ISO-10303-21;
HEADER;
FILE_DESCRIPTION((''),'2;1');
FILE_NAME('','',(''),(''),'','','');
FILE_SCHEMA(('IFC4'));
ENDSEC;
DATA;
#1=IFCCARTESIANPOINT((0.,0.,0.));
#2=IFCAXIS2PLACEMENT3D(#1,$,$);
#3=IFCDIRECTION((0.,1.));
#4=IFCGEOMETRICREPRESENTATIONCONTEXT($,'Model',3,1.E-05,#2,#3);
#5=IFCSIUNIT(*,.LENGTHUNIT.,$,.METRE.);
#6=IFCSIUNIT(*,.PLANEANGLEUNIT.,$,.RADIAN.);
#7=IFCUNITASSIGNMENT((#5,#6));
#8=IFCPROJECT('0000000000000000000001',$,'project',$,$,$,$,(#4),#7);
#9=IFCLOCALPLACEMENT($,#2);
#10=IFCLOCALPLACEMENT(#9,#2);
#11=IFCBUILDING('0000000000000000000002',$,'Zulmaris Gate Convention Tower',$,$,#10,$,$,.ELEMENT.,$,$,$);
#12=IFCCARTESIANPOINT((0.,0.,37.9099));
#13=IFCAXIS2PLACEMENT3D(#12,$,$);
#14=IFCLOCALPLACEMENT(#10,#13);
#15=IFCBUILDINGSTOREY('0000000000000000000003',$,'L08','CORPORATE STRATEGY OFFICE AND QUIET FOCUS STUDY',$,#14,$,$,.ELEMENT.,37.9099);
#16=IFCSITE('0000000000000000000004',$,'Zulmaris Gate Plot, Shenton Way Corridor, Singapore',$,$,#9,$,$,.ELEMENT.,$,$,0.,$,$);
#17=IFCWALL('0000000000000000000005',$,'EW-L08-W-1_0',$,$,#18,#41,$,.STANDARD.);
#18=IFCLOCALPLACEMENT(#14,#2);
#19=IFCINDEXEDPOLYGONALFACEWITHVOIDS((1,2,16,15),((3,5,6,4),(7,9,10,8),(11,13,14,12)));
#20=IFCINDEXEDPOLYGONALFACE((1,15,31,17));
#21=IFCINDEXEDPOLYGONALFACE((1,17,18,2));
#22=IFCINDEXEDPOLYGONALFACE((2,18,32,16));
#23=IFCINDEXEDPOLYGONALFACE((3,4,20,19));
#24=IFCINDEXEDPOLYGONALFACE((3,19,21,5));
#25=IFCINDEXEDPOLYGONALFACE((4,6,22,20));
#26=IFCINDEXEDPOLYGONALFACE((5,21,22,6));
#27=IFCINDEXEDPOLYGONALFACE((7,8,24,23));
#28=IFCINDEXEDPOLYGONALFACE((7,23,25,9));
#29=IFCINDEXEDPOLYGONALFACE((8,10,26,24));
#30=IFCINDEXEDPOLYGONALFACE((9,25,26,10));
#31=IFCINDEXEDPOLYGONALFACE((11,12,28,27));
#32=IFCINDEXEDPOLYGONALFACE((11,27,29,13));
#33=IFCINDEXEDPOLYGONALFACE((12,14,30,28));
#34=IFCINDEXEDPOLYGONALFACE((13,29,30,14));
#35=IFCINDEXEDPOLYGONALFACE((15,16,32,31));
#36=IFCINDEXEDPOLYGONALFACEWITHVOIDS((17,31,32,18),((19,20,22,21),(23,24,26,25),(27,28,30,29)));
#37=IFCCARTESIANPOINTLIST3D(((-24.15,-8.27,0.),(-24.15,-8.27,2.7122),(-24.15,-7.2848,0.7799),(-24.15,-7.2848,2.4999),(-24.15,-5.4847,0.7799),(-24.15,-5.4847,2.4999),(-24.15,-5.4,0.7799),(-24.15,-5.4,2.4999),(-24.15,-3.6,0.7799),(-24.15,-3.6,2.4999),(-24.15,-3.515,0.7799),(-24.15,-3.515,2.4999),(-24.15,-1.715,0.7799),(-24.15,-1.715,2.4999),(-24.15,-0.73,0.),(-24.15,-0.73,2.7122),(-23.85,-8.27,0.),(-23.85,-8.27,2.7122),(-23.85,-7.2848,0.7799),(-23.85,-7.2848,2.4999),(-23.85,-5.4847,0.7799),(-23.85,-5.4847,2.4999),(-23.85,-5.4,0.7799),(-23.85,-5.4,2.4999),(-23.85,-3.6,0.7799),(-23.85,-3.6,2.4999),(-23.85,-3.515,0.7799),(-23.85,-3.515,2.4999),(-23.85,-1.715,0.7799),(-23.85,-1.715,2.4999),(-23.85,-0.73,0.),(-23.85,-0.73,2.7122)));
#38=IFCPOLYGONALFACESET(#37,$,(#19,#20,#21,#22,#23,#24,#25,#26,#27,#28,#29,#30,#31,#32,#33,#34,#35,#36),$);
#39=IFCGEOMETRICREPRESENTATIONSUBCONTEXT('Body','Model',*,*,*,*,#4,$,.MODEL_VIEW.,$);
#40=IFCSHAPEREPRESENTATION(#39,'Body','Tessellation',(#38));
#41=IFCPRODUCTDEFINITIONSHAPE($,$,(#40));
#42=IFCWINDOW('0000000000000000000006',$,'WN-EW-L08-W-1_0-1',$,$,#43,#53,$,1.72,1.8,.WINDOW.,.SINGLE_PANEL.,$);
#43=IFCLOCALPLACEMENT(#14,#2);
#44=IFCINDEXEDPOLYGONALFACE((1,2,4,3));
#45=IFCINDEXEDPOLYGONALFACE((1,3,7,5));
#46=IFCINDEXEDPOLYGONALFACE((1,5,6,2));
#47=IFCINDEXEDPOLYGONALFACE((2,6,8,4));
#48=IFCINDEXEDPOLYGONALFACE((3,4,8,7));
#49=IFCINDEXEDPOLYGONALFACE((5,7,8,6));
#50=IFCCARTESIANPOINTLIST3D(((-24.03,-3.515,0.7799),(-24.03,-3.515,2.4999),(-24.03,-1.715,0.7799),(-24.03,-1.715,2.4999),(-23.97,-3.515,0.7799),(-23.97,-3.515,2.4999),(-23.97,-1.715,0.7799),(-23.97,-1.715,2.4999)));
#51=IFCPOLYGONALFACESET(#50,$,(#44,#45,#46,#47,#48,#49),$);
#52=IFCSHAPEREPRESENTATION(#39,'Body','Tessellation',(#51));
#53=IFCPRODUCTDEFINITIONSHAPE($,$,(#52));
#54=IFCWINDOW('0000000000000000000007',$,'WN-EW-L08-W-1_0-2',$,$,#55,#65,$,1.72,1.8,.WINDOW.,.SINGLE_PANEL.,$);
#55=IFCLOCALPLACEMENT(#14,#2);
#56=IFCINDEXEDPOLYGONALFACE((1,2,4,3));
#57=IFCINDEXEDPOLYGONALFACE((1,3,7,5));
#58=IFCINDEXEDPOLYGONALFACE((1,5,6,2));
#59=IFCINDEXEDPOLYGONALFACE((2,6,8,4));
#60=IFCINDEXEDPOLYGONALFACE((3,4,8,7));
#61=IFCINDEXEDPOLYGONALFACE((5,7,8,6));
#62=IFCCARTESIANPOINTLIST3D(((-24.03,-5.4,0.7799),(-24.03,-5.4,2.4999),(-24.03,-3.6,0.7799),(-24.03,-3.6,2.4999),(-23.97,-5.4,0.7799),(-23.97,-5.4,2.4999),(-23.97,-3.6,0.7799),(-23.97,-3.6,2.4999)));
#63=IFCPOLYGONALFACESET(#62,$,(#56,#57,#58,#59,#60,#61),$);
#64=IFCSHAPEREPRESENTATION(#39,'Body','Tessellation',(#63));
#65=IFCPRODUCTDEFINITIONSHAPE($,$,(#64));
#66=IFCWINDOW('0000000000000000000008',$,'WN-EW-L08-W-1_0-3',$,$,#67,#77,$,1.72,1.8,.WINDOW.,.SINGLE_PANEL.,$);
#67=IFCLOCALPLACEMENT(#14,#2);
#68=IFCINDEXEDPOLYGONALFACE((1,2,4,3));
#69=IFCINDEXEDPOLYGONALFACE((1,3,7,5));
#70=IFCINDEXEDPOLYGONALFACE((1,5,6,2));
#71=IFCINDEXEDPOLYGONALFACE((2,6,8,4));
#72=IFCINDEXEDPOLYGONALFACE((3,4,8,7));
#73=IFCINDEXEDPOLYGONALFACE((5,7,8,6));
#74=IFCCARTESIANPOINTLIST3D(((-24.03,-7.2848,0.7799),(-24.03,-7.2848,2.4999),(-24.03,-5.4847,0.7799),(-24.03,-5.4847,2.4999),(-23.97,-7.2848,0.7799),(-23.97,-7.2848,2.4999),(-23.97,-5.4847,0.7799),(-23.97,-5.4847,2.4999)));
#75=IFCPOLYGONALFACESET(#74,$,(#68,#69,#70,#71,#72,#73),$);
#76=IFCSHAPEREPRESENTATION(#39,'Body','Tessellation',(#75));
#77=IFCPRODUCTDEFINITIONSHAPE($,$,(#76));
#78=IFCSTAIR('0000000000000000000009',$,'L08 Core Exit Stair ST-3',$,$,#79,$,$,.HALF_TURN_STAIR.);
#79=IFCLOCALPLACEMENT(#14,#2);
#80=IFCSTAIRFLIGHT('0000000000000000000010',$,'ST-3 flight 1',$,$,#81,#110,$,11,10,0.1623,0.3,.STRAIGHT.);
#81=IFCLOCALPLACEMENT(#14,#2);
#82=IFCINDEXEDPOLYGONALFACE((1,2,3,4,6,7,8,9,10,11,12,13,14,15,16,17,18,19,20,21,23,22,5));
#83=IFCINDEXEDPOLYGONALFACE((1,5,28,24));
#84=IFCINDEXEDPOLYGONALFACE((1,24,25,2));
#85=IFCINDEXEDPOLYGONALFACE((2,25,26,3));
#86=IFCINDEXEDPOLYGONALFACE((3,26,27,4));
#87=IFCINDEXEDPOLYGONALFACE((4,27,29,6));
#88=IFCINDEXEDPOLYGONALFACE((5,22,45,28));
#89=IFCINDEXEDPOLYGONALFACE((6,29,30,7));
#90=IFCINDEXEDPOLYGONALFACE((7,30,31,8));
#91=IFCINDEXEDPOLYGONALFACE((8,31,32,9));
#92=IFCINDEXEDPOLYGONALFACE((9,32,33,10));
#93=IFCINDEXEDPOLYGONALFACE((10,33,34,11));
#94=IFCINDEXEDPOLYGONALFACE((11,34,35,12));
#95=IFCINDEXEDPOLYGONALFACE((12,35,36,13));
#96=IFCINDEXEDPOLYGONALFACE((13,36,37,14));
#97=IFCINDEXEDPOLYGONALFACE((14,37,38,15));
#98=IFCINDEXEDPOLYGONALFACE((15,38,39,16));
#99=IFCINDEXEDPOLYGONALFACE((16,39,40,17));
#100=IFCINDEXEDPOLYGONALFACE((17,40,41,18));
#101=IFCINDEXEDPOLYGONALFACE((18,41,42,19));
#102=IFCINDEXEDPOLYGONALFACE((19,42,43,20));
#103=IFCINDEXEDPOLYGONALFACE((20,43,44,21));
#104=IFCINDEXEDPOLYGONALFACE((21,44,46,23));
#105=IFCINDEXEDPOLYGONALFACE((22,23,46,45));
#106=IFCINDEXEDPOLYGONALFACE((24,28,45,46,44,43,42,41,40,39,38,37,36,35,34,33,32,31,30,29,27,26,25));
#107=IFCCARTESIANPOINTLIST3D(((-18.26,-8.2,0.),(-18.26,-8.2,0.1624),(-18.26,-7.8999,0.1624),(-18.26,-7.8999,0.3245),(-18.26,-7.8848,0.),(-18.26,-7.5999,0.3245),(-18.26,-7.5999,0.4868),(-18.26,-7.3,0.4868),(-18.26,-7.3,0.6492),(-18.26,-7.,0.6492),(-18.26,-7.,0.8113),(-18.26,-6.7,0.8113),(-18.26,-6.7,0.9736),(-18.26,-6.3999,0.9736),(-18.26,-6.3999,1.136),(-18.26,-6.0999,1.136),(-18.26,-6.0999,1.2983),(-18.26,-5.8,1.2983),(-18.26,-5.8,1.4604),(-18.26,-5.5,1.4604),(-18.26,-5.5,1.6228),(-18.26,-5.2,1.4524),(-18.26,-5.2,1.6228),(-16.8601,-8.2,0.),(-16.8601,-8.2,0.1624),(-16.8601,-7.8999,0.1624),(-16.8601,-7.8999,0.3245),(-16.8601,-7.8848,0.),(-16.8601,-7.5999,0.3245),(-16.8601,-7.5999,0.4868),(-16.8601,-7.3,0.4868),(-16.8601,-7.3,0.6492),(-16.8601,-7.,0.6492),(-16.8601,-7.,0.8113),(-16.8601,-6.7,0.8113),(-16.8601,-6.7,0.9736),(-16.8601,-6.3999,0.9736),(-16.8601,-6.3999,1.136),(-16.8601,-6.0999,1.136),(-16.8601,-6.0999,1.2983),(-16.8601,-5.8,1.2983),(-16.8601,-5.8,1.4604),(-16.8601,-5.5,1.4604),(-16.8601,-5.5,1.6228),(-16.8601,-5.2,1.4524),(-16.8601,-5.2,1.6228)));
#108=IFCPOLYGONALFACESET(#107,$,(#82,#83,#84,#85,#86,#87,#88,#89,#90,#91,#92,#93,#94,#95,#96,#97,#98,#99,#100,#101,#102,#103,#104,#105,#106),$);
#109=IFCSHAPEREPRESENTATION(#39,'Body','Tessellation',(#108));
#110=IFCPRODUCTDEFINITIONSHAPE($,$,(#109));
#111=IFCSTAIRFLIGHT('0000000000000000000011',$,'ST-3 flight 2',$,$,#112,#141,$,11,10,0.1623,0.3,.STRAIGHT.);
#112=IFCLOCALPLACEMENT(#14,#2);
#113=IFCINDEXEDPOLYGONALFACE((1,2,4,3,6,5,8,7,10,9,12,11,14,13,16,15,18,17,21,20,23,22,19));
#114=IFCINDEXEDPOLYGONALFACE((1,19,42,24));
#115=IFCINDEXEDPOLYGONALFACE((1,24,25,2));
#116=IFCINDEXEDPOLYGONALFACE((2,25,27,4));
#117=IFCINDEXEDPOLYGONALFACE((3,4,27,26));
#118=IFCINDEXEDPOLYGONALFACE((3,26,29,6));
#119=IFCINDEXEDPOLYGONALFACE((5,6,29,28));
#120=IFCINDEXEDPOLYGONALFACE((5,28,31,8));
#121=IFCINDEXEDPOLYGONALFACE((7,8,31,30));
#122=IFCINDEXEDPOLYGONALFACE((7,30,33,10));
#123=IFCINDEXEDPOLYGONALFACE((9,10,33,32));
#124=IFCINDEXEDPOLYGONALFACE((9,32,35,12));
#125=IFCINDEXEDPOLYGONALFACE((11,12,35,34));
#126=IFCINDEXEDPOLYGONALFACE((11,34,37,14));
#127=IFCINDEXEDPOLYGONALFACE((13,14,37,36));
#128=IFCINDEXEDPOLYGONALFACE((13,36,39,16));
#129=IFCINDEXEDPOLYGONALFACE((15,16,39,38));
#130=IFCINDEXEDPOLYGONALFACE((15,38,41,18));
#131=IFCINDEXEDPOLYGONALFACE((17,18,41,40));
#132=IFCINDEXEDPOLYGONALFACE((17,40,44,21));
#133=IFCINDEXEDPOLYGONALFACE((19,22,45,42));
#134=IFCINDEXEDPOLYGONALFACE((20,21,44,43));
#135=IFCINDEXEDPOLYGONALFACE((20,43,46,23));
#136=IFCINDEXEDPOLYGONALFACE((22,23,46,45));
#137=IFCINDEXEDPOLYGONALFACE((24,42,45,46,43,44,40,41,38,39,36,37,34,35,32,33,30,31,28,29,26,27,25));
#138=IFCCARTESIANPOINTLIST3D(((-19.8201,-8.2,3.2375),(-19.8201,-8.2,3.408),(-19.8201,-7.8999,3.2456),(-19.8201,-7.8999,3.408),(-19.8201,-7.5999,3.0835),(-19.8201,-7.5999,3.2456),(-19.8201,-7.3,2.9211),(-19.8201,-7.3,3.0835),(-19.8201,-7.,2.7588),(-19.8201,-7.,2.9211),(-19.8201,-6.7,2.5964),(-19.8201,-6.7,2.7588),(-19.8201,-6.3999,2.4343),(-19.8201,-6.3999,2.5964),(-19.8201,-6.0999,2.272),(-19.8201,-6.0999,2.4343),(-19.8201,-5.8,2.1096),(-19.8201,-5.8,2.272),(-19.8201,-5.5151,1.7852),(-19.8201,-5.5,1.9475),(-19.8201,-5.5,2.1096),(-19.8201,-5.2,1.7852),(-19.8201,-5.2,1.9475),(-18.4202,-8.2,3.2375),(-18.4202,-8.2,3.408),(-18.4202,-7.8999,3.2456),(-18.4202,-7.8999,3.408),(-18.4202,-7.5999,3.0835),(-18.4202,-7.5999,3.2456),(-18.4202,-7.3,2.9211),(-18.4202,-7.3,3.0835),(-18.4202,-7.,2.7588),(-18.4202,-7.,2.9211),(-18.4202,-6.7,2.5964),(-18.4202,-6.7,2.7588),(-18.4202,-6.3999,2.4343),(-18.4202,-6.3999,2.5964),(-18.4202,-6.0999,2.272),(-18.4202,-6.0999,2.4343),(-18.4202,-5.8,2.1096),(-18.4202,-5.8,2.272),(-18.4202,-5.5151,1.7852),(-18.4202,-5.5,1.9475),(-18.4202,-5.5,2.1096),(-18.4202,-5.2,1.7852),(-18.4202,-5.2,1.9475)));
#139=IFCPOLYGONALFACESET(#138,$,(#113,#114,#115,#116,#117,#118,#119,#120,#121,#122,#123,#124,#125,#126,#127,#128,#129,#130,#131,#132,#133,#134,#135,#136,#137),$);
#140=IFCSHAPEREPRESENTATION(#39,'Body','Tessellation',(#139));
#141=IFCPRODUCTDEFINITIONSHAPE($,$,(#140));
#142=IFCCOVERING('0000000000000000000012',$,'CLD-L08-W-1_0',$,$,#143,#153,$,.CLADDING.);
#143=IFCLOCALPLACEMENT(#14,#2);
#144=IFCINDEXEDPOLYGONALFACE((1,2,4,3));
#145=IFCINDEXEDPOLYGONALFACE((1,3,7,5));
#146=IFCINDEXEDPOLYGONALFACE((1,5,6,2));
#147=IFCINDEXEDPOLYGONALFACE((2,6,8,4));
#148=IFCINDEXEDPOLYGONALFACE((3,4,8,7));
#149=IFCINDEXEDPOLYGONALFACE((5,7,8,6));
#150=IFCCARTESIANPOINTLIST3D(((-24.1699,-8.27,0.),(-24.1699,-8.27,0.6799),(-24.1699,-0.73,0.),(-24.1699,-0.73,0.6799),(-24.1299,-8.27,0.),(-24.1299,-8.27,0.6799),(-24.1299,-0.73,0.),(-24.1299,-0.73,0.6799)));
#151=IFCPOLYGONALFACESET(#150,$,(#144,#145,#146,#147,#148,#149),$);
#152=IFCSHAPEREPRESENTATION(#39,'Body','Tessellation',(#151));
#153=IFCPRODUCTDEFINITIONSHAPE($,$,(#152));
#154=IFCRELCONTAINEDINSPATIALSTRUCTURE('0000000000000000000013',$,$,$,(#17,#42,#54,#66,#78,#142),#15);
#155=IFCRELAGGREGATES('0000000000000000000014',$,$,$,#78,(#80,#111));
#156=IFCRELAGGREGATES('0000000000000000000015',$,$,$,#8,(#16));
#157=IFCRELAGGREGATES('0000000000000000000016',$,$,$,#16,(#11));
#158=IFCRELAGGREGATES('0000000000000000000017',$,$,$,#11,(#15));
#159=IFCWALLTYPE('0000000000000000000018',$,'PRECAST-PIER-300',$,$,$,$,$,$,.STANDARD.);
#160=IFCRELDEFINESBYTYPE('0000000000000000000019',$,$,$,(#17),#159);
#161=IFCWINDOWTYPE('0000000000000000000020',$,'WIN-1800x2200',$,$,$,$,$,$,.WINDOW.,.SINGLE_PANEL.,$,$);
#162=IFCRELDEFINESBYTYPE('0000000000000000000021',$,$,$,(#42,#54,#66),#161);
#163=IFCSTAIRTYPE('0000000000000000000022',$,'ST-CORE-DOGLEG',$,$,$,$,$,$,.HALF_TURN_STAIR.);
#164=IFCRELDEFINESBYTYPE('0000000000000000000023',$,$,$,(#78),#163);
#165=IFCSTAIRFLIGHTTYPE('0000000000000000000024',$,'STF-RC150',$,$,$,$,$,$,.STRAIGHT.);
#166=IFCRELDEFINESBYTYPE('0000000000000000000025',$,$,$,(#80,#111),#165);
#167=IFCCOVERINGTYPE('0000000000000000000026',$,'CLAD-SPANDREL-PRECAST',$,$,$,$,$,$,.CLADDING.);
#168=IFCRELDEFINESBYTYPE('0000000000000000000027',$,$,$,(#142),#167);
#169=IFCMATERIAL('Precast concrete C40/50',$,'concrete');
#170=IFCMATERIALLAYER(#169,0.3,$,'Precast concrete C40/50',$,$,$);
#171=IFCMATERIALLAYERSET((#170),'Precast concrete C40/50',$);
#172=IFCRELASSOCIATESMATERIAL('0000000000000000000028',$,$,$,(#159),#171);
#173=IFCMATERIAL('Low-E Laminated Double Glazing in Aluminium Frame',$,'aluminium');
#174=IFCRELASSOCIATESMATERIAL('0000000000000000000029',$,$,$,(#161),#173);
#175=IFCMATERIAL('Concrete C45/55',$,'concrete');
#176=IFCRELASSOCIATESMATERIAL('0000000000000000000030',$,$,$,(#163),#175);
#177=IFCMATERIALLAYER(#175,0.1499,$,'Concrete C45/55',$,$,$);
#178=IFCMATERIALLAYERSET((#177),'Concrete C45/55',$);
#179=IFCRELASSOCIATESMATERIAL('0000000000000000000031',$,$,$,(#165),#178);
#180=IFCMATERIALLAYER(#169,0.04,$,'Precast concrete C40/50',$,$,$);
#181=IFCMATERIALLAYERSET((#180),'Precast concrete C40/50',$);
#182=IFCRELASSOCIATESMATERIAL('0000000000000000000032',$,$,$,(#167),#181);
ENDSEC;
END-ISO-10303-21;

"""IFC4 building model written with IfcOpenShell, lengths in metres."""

from ifc_helpers import new_model, si_unit, direction, frame, frame_2d, origin, place, context, subcontext, project, spatial, polyline, rectangle, outline, extrude, material, layer, layer_set, type_object, element, fill, aggregate, save


model = new_model("IFC4")

# Units and contexts
model_context = context("Model", 3, precision=1e-05, world=origin(), true_north=direction((0.0, 1.0)))
body_context = subcontext(model_context, "Body", "Model", "MODEL_VIEW")
ifc_project = project(units=[si_unit("LENGTHUNIT", "METRE"), si_unit("PLANEANGLEUNIT", "RADIAN")], contexts=[model_context])

# Site, building, storey
site_placement = place(None, origin())
site = spatial("IfcSite", under=ifc_project, at=site_placement, Name="Zulmaris Gate Plot, Shenton Way Corridor, Singapore", CompositionType="ELEMENT", RefElevation=0.0)
building_placement = place(site_placement, origin())
building = spatial("IfcBuilding", under=site, at=building_placement, Name="Zulmaris Gate Convention Tower", CompositionType="ELEMENT")
storey_placement = place(building_placement, frame((0.0, 0.0, 37.9099)))
storey = spatial("IfcBuildingStorey", under=building, at=storey_placement, Name="L08", Description="CORPORATE STRATEGY OFFICE AND QUIET FOCUS STUDY", CompositionType="ELEMENT", Elevation=37.9099)

# Wall, openings, windows
ifc_material_1 = material(Name="Precast concrete C40/50", Category="concrete")
ifc_layer_1 = layer(ifc_material_1, 0.3, Name="Precast concrete C40/50")
ifc_layer_set_1 = layer_set([ifc_layer_1], Name="Precast concrete C40/50")
wall_type_1 = type_object("IfcWallType", Name="PRECAST-PIER-300", PredefinedType="STANDARD", material=ifc_layer_set_1)
wall_1_placement = place(storey_placement, frame((-24.0, -0.73, 0.0), z_axis=(0.0, 0.0, 1.0), x_axis=(0.0, -1.0, 0.0)))
wall_1 = element("IfcWall", 1, at=wall_1_placement, inside=storey, type_object=wall_type_1, Name="EW-L08-W-1_0", PredefinedType="STANDARD", context=body_context, shape_type="SweptSolid", body=[
    extrude(rectangle(XDim=7.54, YDim=0.3, at=frame_2d((3.77, 0.0))), origin(), (0.0, 0.0, 1.0), 2.7122),
])
opening_1_placement = place(wall_1_placement, frame((0.9851, 0.0, 0.78)))
opening_1 = element("IfcOpeningElement", 2, at=opening_1_placement, cuts=wall_1, PredefinedType="OPENING", context=body_context, shape_type="SweptSolid", body=[
    extrude(rectangle(XDim=1.8, YDim=1.72, at=frame_2d((0.8999, 0.8599))), frame((0.0, 0.1602, 0.0), z_axis=(0.0, -1.0, 0.0), x_axis=(1.0, 0.0, 0.0)), (0.0, 0.0, 1.0), 0.3201),
])
opening_2_placement = place(wall_1_placement, frame((2.8701, 0.0, 0.78)))
opening_2 = element("IfcOpeningElement", 3, at=opening_2_placement, cuts=wall_1, PredefinedType="OPENING", context=body_context, shape_type="SweptSolid", body=[
    extrude(rectangle(XDim=1.8, YDim=1.72, at=frame_2d((0.8999, 0.8599))), frame((0.0, 0.1602, 0.0), z_axis=(0.0, -1.0, 0.0), x_axis=(1.0, 0.0, 0.0)), (0.0, 0.0, 1.0), 0.3201),
])
opening_3_placement = place(wall_1_placement, frame((4.7549, 0.0, 0.78)))
opening_3 = element("IfcOpeningElement", 4, at=opening_3_placement, cuts=wall_1, PredefinedType="OPENING", context=body_context, shape_type="SweptSolid", body=[
    extrude(rectangle(XDim=1.8, YDim=1.72, at=frame_2d((0.8999, 0.8599))), frame((0.0, 0.1602, 0.0), z_axis=(0.0, -1.0, 0.0), x_axis=(1.0, 0.0, 0.0)), (0.0, 0.0, 1.0), 0.3201),
])
ifc_material_2 = material(Name="Low-E Laminated Double Glazing in Aluminium Frame", Category="aluminium")
window_type = type_object("IfcWindowType", Name="WIN-1800x2200", PartitioningType="SINGLE_PANEL", PredefinedType="WINDOW", material=ifc_material_2)
window_1_placement = place(opening_1_placement, origin())
window_1 = element("IfcWindow", 5, at=window_1_placement, inside=storey, type_object=window_type, Name="WN-EW-L08-W-1_0-1", OverallHeight=1.72, OverallWidth=1.8, PartitioningType="SINGLE_PANEL", PredefinedType="WINDOW", context=body_context, shape_type="SweptSolid", body=[
    extrude(rectangle(XDim=1.8, YDim=1.72, at=frame_2d((0.8999, 0.8599))), frame((0.0, 0.03, 0.0), z_axis=(0.0, -1.0, 0.0), x_axis=(1.0, 0.0, 0.0)), (0.0, 0.0, 1.0), 0.0601),
])
fill(opening_1, window_1)
window_2_placement = place(opening_2_placement, origin())
window_2 = element("IfcWindow", 6, at=window_2_placement, inside=storey, type_object=window_type, Name="WN-EW-L08-W-1_0-2", OverallHeight=1.72, OverallWidth=1.8, PartitioningType="SINGLE_PANEL", PredefinedType="WINDOW", context=body_context, shape_type="SweptSolid", body=[
    extrude(rectangle(XDim=1.8, YDim=1.72, at=frame_2d((0.8999, 0.8599))), frame((0.0, 0.03, 0.0), z_axis=(0.0, -1.0, 0.0), x_axis=(1.0, 0.0, 0.0)), (0.0, 0.0, 1.0), 0.0601),
])
fill(opening_2, window_2)
window_3_placement = place(opening_3_placement, origin())
window_3 = element("IfcWindow", 7, at=window_3_placement, inside=storey, type_object=window_type, Name="WN-EW-L08-W-1_0-3", OverallHeight=1.72, OverallWidth=1.8, PartitioningType="SINGLE_PANEL", PredefinedType="WINDOW", context=body_context, shape_type="SweptSolid", body=[
    extrude(rectangle(XDim=1.8, YDim=1.72, at=frame_2d((0.8999, 0.8599))), frame((0.0, 0.03, 0.0), z_axis=(0.0, -1.0, 0.0), x_axis=(1.0, 0.0, 0.0)), (0.0, 0.0, 1.0), 0.0601),
])
fill(opening_3, window_3)

# Stair, stair flights
ifc_material_3 = material(Name="Concrete C45/55", Category="concrete")
stair_type = type_object("IfcStairType", Name="ST-CORE-DOGLEG", PredefinedType="HALF_TURN_STAIR", material=ifc_material_3)
stair_placement = place(storey_placement, origin())
stair = element("IfcStair", 8, at=stair_placement, inside=storey, type_object=stair_type, Name="L08 Core Exit Stair ST-3", PredefinedType="HALF_TURN_STAIR")
ifc_layer_2 = layer(ifc_material_3, 0.1499, Name="Concrete C45/55")
ifc_layer_set_2 = layer_set([ifc_layer_2], Name="Concrete C45/55")
stair_flight_type = type_object("IfcStairFlightType", Name="STF-RC150", PredefinedType="STRAIGHT", material=ifc_layer_set_2)
stair_flight_1_placement = place(storey_placement, frame((-17.5601, -8.2, 0.0), z_axis=(0.0, 0.0, 1.0), x_axis=(0.0, 1.0, 0.0)))
stair_flight_1 = element("IfcStairFlight", 9, at=stair_flight_1_placement, type_object=stair_flight_type, Name="ST-3 flight 1", NumberOfRisers=11, NumberOfTreads=10, PredefinedType="STRAIGHT", RiserHeight=0.1623, TreadLength=0.3, context=body_context, shape_type="SweptSolid", body=[
    extrude(outline(polyline([(0.0, 0.0), (0.0, 0.1624), (0.3, 0.1624), (0.3, 0.3245), (0.6001, 0.3245), (0.6001, 0.4868), (0.8999, 0.4868), (0.8999, 0.6492), (1.2, 0.6492), (1.2, 0.8113), (1.5, 0.8113), (1.5, 0.9736), (1.8, 0.9736), (1.8, 1.136), (2.1001, 1.136), (2.1001, 1.2983), (2.3999, 1.2983), (2.3999, 1.4604), (2.7, 1.4604), (2.7, 1.6228), (3.0, 1.6228), (3.0, 1.7852), (3.0, 1.4524), (0.3152, 0.0), (0.0, 0.0)])), frame((0.0, 0.7, 0.0), z_axis=(0.0, -1.0, 0.0), x_axis=(1.0, 0.0, 0.0)), (0.0, 0.0, 1.0), 1.3999),
])
stair_flight_2_placement = place(storey_placement, frame((-19.1201, -5.2, 1.7852), z_axis=(0.0, 0.0, 1.0), x_axis=(0.0, -1.0, 0.0)))
stair_flight_2 = element("IfcStairFlight", 10, at=stair_flight_2_placement, type_object=stair_flight_type, Name="ST-3 flight 2", NumberOfRisers=11, NumberOfTreads=10, PredefinedType="STRAIGHT", RiserHeight=0.1623, TreadLength=0.3, context=body_context, shape_type="SweptSolid", body=[
    extrude(outline(polyline([(0.0, 0.0), (0.0, 0.1624), (0.3, 0.1624), (0.3, 0.3245), (0.6001, 0.3245), (0.6001, 0.4868), (0.8999, 0.4868), (0.8999, 0.6492), (1.2, 0.6492), (1.2, 0.8113), (1.5, 0.8113), (1.5, 0.9736), (1.8, 0.9736), (1.8, 1.136), (2.1001, 1.136), (2.1001, 1.2983), (2.3999, 1.2983), (2.3999, 1.4604), (2.7, 1.4604), (2.7, 1.6228), (3.0, 1.6228), (3.0, 1.7852), (3.0, 1.4524), (0.3152, 0.0), (0.0, 0.0)])), frame((0.0, 0.7, 0.0), z_axis=(0.0, -1.0, 0.0), x_axis=(1.0, 0.0, 0.0)), (0.0, 0.0, 1.0), 1.3999),
])
aggregate(stair, [stair_flight_1, stair_flight_2])

# Covering
ifc_layer_3 = layer(ifc_material_1, 0.04, Name="Precast concrete C40/50")
ifc_layer_set_3 = layer_set([ifc_layer_3], Name="Precast concrete C40/50")
covering_type = type_object("IfcCoveringType", Name="CLAD-SPANDREL-PRECAST", PredefinedType="CLADDING", material=ifc_layer_set_3)
covering_placement = place(storey_placement, frame((-24.1499, -0.73, 0.0), z_axis=(0.0, 0.0, 1.0), x_axis=(0.0, -1.0, 0.0)))
element("IfcCovering", 11, at=covering_placement, inside=storey, type_object=covering_type, Name="CLD-L08-W-1_0", PredefinedType="CLADDING", context=body_context, shape_type="SweptSolid", body=[
    extrude(rectangle(XDim=7.54, YDim=0.04, at=frame_2d((3.77, 0.0))), origin(), (0.0, 0.0, 1.0), 0.6799),
])

save(model, "model.ifc")
